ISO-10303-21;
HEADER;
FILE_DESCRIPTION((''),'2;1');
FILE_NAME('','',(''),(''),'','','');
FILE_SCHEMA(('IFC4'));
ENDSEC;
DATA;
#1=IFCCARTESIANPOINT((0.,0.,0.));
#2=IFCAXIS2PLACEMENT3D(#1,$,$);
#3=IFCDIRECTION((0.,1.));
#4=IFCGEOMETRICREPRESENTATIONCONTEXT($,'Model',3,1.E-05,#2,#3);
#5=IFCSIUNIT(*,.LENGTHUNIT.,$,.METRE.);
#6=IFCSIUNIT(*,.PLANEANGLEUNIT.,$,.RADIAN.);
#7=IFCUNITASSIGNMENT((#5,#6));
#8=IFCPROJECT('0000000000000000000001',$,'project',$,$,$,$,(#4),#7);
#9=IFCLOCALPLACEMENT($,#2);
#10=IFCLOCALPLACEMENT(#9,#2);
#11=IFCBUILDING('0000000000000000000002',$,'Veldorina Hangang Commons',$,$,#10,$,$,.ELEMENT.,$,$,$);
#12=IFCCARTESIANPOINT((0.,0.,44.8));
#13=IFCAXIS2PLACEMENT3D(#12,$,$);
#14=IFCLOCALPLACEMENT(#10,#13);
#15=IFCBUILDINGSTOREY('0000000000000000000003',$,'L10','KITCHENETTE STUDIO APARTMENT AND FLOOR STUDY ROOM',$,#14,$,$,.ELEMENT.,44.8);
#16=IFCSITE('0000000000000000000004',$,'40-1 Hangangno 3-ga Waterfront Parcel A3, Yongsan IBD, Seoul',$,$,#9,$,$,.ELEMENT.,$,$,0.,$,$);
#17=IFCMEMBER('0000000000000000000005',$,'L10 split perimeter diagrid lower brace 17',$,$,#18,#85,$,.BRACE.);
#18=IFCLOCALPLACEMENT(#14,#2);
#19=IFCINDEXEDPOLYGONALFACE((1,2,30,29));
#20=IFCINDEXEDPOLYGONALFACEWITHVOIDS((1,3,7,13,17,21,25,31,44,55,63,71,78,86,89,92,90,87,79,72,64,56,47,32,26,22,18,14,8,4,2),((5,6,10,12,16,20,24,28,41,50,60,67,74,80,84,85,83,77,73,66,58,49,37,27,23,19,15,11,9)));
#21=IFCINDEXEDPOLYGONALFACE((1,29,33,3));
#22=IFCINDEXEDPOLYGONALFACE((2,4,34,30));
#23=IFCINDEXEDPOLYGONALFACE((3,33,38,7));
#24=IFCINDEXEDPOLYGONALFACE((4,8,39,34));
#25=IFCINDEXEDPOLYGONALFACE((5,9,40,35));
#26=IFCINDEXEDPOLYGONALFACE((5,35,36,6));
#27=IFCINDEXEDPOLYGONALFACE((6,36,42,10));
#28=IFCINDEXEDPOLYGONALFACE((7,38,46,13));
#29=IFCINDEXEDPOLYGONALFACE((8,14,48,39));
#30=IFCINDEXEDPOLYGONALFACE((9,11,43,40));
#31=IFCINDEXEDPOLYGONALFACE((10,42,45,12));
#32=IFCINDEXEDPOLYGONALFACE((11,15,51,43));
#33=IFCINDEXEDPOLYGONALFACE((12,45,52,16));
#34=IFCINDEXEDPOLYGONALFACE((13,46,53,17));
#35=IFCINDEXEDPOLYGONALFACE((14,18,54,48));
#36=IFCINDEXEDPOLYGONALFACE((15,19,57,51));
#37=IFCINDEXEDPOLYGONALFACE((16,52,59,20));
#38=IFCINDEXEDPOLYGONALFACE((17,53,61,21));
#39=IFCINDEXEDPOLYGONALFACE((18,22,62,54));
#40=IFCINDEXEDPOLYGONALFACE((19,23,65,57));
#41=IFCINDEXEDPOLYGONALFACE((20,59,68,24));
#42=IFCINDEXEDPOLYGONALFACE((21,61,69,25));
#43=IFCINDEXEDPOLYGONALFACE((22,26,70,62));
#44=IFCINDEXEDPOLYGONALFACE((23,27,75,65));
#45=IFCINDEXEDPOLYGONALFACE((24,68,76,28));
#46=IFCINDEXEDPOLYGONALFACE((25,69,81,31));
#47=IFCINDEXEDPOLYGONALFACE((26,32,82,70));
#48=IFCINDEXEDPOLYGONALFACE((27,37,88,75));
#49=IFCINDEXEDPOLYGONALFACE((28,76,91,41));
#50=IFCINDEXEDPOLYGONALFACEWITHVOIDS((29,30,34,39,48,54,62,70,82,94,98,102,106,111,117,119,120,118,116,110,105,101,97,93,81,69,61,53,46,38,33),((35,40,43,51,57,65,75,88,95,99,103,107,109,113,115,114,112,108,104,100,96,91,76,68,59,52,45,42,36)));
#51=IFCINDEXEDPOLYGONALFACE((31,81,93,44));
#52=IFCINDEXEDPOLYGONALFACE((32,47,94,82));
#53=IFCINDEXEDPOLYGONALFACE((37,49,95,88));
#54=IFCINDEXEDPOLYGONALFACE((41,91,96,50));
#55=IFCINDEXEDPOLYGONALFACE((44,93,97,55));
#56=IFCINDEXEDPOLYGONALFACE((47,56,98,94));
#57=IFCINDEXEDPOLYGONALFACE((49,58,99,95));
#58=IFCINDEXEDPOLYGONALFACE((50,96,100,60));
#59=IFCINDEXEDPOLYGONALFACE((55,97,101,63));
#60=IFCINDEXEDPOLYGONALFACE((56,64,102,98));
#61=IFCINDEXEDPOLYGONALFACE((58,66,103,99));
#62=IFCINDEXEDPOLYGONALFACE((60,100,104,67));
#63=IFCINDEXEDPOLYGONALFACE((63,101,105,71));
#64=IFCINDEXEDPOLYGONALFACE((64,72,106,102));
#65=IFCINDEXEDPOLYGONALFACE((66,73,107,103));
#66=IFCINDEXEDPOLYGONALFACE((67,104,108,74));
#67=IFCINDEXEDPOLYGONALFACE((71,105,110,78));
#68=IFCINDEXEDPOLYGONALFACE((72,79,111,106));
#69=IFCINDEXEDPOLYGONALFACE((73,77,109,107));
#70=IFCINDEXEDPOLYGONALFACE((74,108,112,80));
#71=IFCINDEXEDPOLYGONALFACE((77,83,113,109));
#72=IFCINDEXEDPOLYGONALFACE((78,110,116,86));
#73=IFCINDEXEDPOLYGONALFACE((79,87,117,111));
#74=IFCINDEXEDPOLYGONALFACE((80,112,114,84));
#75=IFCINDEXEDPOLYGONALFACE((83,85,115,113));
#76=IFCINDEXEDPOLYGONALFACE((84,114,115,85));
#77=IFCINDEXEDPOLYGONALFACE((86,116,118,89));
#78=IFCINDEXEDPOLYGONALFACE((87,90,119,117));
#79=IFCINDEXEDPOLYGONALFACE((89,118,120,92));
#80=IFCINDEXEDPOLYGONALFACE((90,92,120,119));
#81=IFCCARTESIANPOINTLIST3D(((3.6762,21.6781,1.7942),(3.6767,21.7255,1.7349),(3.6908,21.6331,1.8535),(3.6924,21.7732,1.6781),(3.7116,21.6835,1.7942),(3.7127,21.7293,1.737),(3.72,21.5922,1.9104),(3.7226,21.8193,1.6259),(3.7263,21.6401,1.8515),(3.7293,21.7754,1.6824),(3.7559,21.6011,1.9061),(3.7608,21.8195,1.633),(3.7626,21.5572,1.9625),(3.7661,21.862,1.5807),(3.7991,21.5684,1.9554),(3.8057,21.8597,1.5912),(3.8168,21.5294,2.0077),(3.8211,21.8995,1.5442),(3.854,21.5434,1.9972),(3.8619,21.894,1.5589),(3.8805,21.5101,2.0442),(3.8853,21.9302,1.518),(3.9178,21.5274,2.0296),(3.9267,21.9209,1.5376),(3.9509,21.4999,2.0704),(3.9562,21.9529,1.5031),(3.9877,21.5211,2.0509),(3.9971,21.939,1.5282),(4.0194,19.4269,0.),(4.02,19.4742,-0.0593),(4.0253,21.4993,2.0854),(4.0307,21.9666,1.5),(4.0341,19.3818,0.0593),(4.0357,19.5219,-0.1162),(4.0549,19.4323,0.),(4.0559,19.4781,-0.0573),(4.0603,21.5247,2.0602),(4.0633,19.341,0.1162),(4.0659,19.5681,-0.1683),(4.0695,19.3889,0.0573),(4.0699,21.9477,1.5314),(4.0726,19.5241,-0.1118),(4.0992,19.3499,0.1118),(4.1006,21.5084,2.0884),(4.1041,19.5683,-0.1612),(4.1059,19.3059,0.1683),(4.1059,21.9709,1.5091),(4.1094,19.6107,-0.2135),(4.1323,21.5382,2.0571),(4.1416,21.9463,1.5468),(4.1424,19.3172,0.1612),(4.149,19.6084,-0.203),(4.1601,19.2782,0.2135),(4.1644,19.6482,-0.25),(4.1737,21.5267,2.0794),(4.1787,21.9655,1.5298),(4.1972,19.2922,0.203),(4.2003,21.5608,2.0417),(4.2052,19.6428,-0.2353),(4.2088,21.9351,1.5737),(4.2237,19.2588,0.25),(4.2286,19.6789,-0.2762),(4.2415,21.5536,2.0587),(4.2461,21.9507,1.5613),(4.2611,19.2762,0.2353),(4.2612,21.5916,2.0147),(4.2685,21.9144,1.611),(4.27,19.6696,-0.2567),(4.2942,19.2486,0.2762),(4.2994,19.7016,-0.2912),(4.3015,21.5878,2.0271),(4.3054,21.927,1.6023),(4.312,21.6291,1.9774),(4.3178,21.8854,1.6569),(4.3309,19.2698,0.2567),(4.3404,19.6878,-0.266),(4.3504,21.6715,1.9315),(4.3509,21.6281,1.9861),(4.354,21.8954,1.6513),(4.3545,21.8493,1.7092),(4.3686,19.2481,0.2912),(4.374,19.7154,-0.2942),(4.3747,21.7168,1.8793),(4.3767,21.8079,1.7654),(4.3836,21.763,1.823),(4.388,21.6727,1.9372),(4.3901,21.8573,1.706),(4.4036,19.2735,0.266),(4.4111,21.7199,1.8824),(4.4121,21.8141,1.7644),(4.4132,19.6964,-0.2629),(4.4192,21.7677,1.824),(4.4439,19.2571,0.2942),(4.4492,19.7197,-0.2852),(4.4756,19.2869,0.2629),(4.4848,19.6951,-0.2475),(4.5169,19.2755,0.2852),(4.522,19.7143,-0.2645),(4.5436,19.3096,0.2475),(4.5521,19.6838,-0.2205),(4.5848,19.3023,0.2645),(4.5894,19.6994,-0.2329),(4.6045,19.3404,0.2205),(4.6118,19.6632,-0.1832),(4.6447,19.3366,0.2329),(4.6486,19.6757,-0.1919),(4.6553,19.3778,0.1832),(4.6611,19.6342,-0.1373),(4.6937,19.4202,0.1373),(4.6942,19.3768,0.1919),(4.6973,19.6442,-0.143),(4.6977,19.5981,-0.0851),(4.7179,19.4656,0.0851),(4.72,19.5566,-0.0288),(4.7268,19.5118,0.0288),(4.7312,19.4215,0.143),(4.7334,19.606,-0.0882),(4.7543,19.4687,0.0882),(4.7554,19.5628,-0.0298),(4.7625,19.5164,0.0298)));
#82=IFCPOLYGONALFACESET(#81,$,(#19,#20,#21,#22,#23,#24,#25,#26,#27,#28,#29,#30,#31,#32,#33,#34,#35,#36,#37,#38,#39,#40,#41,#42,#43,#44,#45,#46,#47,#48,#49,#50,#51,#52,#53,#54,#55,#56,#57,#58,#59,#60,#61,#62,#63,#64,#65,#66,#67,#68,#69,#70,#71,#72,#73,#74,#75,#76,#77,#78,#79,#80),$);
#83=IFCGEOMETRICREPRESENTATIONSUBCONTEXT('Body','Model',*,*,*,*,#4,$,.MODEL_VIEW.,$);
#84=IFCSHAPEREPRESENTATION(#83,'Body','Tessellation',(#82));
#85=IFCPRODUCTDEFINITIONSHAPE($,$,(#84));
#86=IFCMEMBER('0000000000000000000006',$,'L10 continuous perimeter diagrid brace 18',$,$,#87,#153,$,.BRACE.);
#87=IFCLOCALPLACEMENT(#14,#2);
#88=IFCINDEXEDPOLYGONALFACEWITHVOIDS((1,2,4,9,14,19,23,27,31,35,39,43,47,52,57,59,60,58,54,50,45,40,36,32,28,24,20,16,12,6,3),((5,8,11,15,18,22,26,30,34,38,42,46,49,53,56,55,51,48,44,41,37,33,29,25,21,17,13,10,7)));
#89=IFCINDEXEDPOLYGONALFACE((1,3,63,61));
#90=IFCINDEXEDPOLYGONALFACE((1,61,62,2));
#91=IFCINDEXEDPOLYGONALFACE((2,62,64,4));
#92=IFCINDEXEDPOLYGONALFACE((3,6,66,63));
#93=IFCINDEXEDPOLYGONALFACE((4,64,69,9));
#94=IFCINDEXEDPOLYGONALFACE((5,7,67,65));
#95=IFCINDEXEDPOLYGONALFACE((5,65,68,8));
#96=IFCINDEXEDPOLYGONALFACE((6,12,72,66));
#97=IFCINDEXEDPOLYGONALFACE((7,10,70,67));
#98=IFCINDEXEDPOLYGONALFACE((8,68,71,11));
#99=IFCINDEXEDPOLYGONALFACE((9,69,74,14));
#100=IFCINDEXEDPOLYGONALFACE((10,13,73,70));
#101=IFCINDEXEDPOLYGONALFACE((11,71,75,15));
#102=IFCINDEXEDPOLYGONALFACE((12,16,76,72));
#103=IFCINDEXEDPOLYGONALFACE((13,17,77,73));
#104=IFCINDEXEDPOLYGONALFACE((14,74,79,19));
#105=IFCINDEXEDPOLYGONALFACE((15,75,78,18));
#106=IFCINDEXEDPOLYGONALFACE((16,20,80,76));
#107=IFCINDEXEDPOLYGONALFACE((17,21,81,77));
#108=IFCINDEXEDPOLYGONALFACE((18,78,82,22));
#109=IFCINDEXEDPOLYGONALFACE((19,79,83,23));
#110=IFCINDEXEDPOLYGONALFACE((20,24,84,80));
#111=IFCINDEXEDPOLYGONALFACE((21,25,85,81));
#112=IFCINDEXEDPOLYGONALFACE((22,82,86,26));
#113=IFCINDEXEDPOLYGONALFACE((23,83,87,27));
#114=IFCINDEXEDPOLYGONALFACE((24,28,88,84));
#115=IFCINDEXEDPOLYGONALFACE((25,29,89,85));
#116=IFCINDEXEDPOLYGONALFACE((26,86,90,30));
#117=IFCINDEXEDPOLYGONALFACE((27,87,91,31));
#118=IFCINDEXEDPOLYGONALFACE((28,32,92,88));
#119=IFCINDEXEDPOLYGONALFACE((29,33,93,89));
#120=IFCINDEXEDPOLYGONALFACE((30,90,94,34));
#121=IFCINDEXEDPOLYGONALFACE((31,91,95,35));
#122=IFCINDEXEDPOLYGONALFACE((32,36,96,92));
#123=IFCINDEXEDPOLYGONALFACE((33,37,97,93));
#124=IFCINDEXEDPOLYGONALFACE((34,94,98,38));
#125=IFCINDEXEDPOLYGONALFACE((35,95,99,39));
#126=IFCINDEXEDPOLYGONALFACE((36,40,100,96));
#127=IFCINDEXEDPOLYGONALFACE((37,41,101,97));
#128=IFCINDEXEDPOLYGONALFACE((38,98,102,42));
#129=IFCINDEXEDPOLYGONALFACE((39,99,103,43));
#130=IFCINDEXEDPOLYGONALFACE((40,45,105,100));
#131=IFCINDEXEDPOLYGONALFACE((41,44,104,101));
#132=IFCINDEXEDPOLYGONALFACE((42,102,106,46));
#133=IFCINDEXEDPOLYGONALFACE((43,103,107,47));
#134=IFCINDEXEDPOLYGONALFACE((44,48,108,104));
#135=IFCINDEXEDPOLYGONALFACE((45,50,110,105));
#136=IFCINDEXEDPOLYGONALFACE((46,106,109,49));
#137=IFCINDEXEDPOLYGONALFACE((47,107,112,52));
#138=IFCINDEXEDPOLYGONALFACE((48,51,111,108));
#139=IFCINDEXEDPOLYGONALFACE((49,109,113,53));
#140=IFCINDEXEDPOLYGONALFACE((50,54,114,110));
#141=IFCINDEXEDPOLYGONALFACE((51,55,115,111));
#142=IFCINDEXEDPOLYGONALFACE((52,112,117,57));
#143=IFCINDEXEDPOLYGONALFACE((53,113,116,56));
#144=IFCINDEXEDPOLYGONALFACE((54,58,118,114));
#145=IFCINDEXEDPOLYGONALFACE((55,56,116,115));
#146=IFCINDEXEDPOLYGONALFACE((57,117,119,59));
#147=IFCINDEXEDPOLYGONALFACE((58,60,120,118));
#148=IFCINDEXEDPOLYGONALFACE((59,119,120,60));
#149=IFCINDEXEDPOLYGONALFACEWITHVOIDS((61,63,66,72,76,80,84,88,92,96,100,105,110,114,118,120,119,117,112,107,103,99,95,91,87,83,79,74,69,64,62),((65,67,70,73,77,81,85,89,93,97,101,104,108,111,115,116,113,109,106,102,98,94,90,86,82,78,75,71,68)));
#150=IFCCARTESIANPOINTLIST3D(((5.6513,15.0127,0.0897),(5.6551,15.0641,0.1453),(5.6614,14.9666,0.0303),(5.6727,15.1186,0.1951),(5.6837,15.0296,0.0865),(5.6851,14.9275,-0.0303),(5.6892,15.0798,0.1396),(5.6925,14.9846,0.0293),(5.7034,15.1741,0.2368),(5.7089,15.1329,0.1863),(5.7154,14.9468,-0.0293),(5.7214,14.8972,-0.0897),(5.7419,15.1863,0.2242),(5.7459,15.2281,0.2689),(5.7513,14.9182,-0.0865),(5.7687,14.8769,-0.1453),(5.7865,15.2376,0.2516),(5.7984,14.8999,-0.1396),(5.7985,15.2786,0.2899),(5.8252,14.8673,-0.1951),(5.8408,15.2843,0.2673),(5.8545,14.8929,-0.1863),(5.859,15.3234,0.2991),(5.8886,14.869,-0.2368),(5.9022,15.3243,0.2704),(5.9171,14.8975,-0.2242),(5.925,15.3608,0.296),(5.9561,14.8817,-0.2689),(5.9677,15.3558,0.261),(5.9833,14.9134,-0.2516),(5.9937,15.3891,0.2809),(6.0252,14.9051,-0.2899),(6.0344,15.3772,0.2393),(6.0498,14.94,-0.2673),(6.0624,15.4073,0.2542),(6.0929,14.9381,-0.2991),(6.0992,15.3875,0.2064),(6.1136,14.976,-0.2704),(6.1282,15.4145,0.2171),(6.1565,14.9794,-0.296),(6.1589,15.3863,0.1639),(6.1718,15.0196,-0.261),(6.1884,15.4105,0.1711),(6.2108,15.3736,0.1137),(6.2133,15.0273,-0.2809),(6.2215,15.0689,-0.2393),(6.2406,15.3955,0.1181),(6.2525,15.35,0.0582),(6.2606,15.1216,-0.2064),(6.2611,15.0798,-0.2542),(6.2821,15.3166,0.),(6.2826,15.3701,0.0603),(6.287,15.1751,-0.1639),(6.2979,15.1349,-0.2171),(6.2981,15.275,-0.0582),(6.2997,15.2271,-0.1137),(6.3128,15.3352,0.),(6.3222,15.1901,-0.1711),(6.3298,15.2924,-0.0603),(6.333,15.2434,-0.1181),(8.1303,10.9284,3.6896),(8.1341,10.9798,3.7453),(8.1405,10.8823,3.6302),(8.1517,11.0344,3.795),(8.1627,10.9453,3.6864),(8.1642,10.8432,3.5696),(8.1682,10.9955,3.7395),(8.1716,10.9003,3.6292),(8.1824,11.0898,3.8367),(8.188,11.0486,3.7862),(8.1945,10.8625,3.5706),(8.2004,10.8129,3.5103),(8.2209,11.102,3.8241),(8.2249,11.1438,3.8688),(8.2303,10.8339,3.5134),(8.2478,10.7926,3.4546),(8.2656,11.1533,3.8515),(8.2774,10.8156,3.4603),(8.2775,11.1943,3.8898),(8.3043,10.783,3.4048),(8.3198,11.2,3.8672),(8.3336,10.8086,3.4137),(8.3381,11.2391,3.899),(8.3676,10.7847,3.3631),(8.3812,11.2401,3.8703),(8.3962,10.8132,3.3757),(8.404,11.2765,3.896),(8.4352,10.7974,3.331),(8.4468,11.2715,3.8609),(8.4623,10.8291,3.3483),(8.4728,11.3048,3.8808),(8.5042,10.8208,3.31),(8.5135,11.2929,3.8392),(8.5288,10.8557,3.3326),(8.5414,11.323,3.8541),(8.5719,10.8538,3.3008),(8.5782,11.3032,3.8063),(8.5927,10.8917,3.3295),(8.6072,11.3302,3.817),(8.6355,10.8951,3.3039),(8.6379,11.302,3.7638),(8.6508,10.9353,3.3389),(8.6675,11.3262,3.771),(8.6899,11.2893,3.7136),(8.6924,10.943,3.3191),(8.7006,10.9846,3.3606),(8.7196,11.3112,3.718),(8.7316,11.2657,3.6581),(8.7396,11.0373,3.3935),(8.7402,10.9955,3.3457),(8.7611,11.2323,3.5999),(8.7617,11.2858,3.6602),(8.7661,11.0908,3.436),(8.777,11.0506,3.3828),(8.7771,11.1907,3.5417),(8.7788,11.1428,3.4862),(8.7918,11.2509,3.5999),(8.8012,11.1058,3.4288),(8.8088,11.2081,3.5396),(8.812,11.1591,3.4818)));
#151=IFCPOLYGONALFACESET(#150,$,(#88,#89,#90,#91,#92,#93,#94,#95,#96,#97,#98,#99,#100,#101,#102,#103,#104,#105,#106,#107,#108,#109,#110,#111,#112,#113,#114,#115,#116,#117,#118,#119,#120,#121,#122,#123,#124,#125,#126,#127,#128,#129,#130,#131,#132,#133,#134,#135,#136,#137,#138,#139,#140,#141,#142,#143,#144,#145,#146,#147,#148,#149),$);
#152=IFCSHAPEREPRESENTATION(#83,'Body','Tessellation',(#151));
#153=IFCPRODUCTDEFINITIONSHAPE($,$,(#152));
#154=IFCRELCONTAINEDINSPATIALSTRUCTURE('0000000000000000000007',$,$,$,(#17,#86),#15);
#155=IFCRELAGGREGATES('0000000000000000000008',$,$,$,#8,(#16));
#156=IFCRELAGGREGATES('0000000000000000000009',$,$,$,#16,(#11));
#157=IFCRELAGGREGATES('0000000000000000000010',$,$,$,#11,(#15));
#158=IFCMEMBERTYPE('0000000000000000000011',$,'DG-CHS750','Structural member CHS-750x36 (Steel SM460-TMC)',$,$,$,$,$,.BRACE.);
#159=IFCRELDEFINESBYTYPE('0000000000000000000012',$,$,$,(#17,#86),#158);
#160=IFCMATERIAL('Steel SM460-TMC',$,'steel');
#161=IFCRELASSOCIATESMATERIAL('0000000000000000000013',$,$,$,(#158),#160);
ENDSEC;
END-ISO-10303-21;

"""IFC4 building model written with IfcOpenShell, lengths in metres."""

from ifc_helpers import new_model, si_unit, direction, frame, origin, origin_2d, place, context, subcontext, project, spatial, hollow_circle, extrude, material, material_profile, profile_set, type_object, element, save


model = new_model("IFC4")

# Units and contexts
model_context = context("Model", 3, precision=1e-05, world=origin(), true_north=direction((0.0, 1.0)))
body_context = subcontext(model_context, "Body", "Model", "MODEL_VIEW")
ifc_project = project(units=[si_unit("LENGTHUNIT", "METRE"), si_unit("PLANEANGLEUNIT", "RADIAN")], contexts=[model_context])

# Site, building, storey
site_placement = place(None, origin())
site = spatial("IfcSite", under=ifc_project, at=site_placement, Name="40-1 Hangangno 3-ga Waterfront Parcel A3, Yongsan IBD, Seoul", CompositionType="ELEMENT", RefElevation=0.0)
building_placement = place(site_placement, origin())
building = spatial("IfcBuilding", under=site, at=building_placement, Name="Veldorina Hangang Commons", CompositionType="ELEMENT")
storey_placement = place(building_placement, frame((0.0, 0.0, 44.8)))
storey = spatial("IfcBuildingStorey", under=building, at=storey_placement, Name="L10", Description="KITCHENETTE STUDIO APARTMENT AND FLOOR STUDY ROOM", CompositionType="ELEMENT", Elevation=44.8)

# Shared definitions
ifc_material_1 = material(Name="Steel SM460-TMC", Category="steel")

# Members
ifc_material_profile_1 = material_profile(ifc_material_1, hollow_circle(Radius=0.375, WallThickness=0.0359, at=origin_2d()), Name="CHS-750x36")
ifc_profile_set_1 = profile_set([ifc_material_profile_1], Name="Steel SM460-TMC")
member_type_1 = type_object("IfcMemberType", Name="DG-CHS750", Description="Structural member CHS-750x36 (Steel SM460-TMC)", PredefinedType="BRACE", material=ifc_profile_set_1)
member_1_placement = place(storey_placement, frame((4.3901, 19.4834, 0.0), z_axis=(-0.118402, 0.776517, 0.618872), x_axis=(-0.988574, -0.150736, 0.0)))
element("IfcMember", 1, at=member_1_placement, inside=storey, type_object=member_type_1, Name="L10 split perimeter diagrid lower brace 17", PredefinedType="BRACE", context=body_context, shape_type="SweptSolid", body=[
    extrude(hollow_circle(Radius=0.375, WallThickness=0.0359, at=origin_2d()), origin(), (0.0, 0.0, 1.0), 2.8992),
])
member_2_placement = place(storey_placement, frame((5.9922, 15.1406, 0.0), z_axis=(0.414405, -0.682743, 0.601772), x_axis=(0.854853, 0.51887, 0.0)))
element("IfcMember", 2, at=member_2_placement, inside=storey, type_object=member_type_1, Name="L10 continuous perimeter diagrid brace 18", PredefinedType="BRACE", context=body_context, shape_type="SweptSolid", body=[
    extrude(hollow_circle(Radius=0.375, WallThickness=0.0359, at=origin_2d()), origin(), (0.0, 0.0, 1.0), 5.9822),
])

save(model, "model.ifc")
